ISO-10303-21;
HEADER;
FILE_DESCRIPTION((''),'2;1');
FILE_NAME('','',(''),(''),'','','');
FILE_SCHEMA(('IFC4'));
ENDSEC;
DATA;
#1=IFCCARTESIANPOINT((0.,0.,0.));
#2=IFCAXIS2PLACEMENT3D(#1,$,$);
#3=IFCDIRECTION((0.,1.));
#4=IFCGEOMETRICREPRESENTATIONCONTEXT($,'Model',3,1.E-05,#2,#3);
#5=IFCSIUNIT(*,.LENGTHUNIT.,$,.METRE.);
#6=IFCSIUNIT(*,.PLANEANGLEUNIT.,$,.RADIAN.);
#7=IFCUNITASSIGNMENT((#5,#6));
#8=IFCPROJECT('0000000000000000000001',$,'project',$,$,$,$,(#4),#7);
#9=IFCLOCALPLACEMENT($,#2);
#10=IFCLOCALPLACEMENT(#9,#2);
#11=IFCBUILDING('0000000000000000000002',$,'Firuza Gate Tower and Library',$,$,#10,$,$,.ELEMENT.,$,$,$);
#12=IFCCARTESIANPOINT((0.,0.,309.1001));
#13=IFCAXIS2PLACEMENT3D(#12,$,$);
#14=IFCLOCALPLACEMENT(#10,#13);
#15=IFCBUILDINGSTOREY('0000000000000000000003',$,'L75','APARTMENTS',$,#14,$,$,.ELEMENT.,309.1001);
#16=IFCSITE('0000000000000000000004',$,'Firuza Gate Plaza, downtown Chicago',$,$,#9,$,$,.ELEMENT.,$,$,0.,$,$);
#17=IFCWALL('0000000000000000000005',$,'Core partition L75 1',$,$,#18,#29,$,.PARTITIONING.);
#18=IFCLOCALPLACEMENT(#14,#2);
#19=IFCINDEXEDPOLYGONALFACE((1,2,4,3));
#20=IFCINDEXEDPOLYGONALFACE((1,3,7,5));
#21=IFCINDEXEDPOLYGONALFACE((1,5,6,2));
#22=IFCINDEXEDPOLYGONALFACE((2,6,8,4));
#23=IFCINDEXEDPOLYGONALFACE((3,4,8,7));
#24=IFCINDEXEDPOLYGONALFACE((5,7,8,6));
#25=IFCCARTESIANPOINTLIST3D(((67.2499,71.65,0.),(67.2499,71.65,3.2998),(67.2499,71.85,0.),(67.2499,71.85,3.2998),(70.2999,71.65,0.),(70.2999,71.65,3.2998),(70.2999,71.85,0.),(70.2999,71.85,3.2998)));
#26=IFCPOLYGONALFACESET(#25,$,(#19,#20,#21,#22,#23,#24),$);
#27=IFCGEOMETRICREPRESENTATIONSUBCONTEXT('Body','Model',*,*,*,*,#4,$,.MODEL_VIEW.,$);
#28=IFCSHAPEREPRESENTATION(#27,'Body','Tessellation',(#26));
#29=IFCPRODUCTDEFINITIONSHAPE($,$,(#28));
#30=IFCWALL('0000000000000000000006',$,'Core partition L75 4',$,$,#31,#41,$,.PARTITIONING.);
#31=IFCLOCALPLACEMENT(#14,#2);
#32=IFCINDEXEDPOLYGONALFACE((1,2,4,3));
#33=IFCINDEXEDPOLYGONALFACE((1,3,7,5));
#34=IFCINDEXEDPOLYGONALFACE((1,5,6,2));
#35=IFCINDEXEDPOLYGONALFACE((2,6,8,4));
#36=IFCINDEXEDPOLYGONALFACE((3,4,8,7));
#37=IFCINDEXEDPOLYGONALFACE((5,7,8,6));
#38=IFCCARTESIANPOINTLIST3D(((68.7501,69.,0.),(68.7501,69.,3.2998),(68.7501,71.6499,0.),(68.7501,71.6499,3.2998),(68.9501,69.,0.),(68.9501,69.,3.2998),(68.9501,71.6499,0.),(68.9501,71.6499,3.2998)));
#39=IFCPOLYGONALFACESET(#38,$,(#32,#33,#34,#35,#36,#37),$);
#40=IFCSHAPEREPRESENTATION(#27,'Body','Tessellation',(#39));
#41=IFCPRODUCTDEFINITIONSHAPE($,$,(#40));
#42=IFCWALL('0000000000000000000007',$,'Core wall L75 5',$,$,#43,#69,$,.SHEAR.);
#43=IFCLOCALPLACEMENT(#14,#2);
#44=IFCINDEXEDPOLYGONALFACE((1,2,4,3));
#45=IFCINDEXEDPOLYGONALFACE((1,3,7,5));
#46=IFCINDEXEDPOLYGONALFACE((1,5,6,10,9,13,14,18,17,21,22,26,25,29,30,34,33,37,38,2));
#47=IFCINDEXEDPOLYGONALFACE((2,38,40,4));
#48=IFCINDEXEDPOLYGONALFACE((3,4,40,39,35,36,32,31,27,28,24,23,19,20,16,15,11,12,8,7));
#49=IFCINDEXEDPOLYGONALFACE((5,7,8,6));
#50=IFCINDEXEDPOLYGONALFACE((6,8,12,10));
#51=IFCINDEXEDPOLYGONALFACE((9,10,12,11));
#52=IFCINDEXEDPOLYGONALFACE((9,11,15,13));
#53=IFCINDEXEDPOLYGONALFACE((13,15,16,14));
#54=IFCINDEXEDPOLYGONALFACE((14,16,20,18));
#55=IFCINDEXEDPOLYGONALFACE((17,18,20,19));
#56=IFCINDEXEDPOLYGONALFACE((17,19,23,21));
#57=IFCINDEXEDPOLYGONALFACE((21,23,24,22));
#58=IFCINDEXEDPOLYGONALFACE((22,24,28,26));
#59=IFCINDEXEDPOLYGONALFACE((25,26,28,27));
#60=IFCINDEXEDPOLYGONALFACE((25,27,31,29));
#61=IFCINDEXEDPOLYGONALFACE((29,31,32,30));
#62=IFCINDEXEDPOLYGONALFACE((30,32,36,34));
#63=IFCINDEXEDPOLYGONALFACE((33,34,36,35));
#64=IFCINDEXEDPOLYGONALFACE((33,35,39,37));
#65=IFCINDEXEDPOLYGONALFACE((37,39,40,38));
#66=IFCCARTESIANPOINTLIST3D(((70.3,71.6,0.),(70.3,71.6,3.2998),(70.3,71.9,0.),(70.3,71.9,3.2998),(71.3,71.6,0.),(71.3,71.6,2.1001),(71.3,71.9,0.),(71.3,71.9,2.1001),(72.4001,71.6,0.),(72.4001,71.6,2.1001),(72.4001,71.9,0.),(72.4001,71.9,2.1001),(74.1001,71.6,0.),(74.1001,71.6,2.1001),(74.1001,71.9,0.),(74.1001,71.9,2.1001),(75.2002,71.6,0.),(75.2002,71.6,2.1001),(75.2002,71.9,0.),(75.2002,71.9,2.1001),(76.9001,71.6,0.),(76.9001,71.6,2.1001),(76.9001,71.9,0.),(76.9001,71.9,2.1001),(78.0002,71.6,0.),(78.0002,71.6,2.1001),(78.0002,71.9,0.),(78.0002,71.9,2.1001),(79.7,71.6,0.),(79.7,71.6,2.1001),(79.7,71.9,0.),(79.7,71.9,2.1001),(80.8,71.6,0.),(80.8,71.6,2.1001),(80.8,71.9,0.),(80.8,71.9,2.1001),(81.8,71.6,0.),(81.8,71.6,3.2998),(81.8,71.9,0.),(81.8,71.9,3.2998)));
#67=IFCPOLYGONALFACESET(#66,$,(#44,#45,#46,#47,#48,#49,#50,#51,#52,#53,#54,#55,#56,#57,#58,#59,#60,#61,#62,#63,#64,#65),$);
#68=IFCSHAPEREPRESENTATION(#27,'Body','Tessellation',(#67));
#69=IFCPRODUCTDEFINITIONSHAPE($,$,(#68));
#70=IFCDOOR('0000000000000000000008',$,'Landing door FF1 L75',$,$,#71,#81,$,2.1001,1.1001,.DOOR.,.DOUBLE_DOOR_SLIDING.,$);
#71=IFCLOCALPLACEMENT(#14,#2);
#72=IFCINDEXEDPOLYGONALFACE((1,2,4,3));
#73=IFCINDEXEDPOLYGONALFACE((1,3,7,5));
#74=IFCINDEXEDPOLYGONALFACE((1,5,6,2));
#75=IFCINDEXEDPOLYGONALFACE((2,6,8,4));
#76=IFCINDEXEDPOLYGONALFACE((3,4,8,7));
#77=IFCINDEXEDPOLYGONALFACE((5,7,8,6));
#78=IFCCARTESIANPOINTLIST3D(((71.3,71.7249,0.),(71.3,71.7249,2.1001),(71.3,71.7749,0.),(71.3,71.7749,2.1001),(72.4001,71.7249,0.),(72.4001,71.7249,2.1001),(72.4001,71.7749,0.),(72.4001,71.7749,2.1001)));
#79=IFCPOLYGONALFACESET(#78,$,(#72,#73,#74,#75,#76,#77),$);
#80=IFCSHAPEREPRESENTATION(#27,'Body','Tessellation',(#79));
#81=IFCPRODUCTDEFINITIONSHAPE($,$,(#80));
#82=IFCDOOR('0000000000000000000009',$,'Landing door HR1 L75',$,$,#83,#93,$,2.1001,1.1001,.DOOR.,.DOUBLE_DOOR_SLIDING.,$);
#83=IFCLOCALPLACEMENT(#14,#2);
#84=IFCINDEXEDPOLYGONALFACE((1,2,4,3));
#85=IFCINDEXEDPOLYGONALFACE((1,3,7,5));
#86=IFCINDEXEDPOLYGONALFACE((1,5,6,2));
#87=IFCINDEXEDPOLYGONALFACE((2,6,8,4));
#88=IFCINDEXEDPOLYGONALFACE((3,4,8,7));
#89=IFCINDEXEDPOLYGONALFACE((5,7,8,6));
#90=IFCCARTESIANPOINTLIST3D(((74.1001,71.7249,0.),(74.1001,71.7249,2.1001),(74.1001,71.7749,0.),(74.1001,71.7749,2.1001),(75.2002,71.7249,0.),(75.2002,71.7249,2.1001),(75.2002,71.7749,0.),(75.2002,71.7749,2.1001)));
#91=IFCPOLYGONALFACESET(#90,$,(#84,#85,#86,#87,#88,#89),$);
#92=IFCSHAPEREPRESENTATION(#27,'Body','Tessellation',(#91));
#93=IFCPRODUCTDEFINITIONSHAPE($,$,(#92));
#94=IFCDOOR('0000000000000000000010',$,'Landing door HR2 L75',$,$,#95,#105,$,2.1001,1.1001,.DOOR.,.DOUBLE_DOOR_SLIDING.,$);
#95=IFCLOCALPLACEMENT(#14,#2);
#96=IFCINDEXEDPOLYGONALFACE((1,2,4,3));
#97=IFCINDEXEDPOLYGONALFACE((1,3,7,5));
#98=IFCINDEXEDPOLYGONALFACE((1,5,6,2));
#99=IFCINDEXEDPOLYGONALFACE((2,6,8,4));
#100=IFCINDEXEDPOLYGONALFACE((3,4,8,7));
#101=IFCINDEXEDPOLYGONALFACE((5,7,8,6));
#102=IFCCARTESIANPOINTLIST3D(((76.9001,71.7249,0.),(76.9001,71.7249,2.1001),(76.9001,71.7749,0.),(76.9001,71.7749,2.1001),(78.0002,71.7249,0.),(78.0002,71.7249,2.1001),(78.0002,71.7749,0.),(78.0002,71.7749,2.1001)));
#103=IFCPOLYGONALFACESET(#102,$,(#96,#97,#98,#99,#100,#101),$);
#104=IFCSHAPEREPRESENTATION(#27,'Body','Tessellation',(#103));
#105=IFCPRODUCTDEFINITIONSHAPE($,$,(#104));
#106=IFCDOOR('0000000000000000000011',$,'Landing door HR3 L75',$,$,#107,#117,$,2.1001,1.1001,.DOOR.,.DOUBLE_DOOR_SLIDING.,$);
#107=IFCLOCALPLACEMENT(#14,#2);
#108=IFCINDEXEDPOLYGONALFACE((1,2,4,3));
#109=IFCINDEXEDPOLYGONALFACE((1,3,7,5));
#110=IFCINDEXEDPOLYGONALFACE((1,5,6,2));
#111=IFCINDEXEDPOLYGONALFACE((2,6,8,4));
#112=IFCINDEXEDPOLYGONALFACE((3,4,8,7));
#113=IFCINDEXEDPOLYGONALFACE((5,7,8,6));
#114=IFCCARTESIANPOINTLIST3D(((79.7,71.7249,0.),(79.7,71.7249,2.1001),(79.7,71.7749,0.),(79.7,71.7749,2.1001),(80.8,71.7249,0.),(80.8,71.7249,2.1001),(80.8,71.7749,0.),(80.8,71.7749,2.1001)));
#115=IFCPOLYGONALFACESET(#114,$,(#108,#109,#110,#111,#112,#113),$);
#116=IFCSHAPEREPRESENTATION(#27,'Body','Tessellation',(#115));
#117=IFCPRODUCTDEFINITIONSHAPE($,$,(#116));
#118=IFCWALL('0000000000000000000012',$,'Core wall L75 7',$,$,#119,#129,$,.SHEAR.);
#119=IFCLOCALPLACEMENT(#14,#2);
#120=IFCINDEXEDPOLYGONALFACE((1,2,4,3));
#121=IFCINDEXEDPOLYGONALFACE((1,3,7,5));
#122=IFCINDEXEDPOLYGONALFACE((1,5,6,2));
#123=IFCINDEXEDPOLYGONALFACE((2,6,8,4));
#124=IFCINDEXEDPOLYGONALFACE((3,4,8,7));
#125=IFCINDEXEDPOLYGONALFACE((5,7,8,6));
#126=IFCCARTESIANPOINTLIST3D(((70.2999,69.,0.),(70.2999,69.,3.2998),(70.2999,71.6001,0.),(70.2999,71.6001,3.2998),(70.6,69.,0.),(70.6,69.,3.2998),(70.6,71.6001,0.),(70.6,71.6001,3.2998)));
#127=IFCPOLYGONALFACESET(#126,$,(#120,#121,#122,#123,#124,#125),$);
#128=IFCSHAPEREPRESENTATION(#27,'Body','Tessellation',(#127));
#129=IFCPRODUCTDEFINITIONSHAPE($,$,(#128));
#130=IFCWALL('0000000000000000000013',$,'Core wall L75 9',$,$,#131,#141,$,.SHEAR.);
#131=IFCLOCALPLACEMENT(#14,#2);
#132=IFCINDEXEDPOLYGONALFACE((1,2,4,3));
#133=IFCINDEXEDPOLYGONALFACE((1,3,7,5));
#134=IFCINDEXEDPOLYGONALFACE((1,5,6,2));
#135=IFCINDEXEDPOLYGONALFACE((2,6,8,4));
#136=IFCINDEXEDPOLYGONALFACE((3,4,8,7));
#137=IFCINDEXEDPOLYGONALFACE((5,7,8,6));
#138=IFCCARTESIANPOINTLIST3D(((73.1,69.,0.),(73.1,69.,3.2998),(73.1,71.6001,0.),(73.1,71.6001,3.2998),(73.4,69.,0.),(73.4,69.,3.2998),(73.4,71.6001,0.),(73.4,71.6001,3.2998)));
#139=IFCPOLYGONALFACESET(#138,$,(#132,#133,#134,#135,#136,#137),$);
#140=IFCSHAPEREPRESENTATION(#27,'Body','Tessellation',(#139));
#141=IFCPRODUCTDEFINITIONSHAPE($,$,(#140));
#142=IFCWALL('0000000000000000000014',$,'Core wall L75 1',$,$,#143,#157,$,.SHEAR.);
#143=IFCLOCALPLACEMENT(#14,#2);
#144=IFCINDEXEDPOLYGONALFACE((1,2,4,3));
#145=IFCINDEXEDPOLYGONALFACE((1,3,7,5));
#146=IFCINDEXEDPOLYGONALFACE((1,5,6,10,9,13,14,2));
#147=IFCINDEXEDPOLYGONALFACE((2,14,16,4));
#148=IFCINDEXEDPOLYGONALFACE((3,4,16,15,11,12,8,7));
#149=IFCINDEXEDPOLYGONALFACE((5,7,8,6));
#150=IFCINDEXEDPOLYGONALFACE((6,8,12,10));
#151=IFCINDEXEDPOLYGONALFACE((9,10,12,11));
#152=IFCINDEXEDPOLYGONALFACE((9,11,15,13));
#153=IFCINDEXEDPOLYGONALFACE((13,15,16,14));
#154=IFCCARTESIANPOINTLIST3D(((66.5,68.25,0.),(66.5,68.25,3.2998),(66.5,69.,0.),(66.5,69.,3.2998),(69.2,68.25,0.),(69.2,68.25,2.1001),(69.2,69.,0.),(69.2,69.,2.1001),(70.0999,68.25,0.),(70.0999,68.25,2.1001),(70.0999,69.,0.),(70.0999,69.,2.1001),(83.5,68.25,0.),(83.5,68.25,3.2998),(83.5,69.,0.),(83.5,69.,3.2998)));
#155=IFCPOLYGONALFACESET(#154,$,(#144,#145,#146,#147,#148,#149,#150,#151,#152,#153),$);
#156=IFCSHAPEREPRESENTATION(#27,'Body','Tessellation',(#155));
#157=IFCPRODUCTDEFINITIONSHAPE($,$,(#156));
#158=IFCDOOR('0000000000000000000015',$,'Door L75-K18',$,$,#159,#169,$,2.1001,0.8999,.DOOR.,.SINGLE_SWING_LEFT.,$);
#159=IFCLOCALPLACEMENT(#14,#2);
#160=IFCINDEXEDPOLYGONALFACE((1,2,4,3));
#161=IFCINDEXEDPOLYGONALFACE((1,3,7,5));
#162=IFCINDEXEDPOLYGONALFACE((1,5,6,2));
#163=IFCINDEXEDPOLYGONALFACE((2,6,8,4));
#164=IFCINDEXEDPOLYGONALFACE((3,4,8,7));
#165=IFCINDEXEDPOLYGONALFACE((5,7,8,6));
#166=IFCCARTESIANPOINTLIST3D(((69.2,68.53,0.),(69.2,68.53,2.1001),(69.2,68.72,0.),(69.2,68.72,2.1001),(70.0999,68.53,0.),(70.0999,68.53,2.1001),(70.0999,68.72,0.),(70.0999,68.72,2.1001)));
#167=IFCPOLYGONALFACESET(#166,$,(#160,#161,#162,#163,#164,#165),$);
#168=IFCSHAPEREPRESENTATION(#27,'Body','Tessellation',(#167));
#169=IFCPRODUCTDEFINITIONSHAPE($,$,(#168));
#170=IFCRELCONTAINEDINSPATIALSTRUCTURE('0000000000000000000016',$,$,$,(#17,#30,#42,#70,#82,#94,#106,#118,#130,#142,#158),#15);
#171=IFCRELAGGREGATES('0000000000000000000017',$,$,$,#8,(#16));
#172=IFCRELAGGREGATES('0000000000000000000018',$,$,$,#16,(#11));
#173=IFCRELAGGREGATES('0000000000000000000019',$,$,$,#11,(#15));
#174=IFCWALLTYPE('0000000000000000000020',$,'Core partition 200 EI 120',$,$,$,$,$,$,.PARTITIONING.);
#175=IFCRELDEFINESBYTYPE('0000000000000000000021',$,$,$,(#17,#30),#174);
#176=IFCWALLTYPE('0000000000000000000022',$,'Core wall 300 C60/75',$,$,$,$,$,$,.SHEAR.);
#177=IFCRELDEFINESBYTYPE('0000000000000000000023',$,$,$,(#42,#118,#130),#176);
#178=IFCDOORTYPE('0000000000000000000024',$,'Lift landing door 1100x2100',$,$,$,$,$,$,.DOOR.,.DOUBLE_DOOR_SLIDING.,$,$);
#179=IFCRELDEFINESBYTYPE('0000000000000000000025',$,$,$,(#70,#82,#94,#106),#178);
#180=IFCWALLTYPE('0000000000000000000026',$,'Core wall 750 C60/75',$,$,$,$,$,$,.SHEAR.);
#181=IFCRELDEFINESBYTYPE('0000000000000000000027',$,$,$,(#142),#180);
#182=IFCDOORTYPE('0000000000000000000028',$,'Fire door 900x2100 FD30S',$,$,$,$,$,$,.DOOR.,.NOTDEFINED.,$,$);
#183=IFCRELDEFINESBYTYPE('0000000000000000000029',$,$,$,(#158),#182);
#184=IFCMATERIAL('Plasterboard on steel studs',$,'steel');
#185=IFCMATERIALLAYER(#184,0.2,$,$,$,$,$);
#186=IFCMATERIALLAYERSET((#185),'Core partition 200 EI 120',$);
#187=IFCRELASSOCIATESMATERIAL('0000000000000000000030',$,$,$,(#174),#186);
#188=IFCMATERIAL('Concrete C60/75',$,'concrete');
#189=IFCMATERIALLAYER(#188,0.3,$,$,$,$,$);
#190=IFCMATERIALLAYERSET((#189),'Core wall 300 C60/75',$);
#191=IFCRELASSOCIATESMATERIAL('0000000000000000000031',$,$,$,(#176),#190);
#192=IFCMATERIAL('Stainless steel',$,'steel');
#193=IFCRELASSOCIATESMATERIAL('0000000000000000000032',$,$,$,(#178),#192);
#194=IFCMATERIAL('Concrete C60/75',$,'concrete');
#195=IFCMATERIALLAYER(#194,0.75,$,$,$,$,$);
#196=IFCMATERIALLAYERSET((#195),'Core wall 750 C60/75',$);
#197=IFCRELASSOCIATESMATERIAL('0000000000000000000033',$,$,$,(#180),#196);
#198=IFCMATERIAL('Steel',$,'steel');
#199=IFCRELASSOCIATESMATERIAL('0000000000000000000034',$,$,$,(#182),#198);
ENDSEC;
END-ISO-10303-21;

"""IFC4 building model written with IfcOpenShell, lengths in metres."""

from ifc_helpers import new_model, si_unit, direction, frame, frame_2d, origin, place, context, subcontext, project, spatial, rectangle, extrude, material, layer, layer_set, type_object, element, fill, save


model = new_model("IFC4")

# Units and contexts
model_context = context("Model", 3, precision=1e-05, world=origin(), true_north=direction((0.0, 1.0)))
body_context = subcontext(model_context, "Body", "Model", "MODEL_VIEW")
ifc_project = project(units=[si_unit("LENGTHUNIT", "METRE"), si_unit("PLANEANGLEUNIT", "RADIAN")], contexts=[model_context])

# Site, building, storey
site_placement = place(None, origin())
site = spatial("IfcSite", under=ifc_project, at=site_placement, Name="Firuza Gate Plaza, downtown Chicago", CompositionType="ELEMENT", RefElevation=0.0)
building_placement = place(site_placement, origin())
building = spatial("IfcBuilding", under=site, at=building_placement, Name="Firuza Gate Tower and Library", CompositionType="ELEMENT")
storey_placement = place(building_placement, frame((0.0, 0.0, 309.1001)))
storey = spatial("IfcBuildingStorey", under=building, at=storey_placement, Name="L75", Description="APARTMENTS", CompositionType="ELEMENT", Elevation=309.1001)

# Walls
ifc_material_1 = material(Name="Plasterboard on steel studs", Category="steel")
ifc_layer_1 = layer(ifc_material_1, 0.2)
ifc_layer_set_1 = layer_set([ifc_layer_1], Name="Core partition 200 EI 120")
wall_type_1 = type_object("IfcWallType", Name="Core partition 200 EI 120", PredefinedType="PARTITIONING", material=ifc_layer_set_1)
wall_1_placement = place(storey_placement, frame((67.25, 71.75, 0.0), z_axis=(0.0, 0.0, 1.0), x_axis=(1.0, 0.0, 0.0)))
element("IfcWall", 1, at=wall_1_placement, inside=storey, type_object=wall_type_1, Name="Core partition L75 1", PredefinedType="PARTITIONING", context=body_context, shape_type="SweptSolid", body=[
    extrude(rectangle(XDim=3.05, YDim=0.2, at=frame_2d((1.5249, 0.0))), origin(), (0.0, 0.0, 1.0), 3.2998),
])
wall_2_placement = place(storey_placement, frame((68.8501, 69.0, 0.0), z_axis=(0.0, 0.0, 1.0), x_axis=(0.0, 1.0, 0.0)))
element("IfcWall", 2, at=wall_2_placement, inside=storey, type_object=wall_type_1, Name="Core partition L75 4", PredefinedType="PARTITIONING", context=body_context, shape_type="SweptSolid", body=[
    extrude(rectangle(XDim=2.6499, YDim=0.2, at=frame_2d((1.325, 0.0))), origin(), (0.0, 0.0, 1.0), 3.2998),
])

# Wall, openings, doors
ifc_material_2 = material(Name="Concrete C60/75", Category="concrete")
ifc_layer_2 = layer(ifc_material_2, 0.3)
ifc_layer_set_2 = layer_set([ifc_layer_2], Name="Core wall 300 C60/75")
wall_type_2 = type_object("IfcWallType", Name="Core wall 300 C60/75", PredefinedType="SHEAR", material=ifc_layer_set_2)
wall_3_placement = place(storey_placement, frame((70.3, 71.75, 0.0), z_axis=(0.0, 0.0, 1.0), x_axis=(1.0, 0.0, 0.0)))
wall_3 = element("IfcWall", 3, at=wall_3_placement, inside=storey, type_object=wall_type_2, Name="Core wall L75 5", PredefinedType="SHEAR", context=body_context, shape_type="SweptSolid", body=[
    extrude(rectangle(XDim=11.5, YDim=0.3, at=frame_2d((5.75, 0.0))), origin(), (0.0, 0.0, 1.0), 3.2998),
])
opening_1_placement = place(wall_3_placement, frame((1.0, 0.0, 0.0)))
opening_1 = element("IfcOpeningElement", 4, at=opening_1_placement, cuts=wall_3, PredefinedType="OPENING", context=body_context, shape_type="SweptSolid", body=[
    extrude(rectangle(XDim=1.1001, YDim=2.1001, at=frame_2d((0.55, 1.05))), frame((0.0, 0.1602, 0.0), z_axis=(0.0, -1.0, 0.0), x_axis=(1.0, 0.0, 0.0)), (0.0, 0.0, 1.0), 0.3201),
])
opening_2_placement = place(wall_3_placement, frame((3.8, 0.0, 0.0)))
opening_2 = element("IfcOpeningElement", 5, at=opening_2_placement, cuts=wall_3, PredefinedType="OPENING", context=body_context, shape_type="SweptSolid", body=[
    extrude(rectangle(XDim=1.1001, YDim=2.1001, at=frame_2d((0.55, 1.05))), frame((0.0, 0.1602, 0.0), z_axis=(0.0, -1.0, 0.0), x_axis=(1.0, 0.0, 0.0)), (0.0, 0.0, 1.0), 0.3201),
])
opening_3_placement = place(wall_3_placement, frame((6.6001, 0.0, 0.0)))
opening_3 = element("IfcOpeningElement", 6, at=opening_3_placement, cuts=wall_3, PredefinedType="OPENING", context=body_context, shape_type="SweptSolid", body=[
    extrude(rectangle(XDim=1.1001, YDim=2.1001, at=frame_2d((0.55, 1.05))), frame((0.0, 0.1602, 0.0), z_axis=(0.0, -1.0, 0.0), x_axis=(1.0, 0.0, 0.0)), (0.0, 0.0, 1.0), 0.3201),
])
opening_4_placement = place(wall_3_placement, frame((9.3999, 0.0, 0.0)))
opening_4 = element("IfcOpeningElement", 7, at=opening_4_placement, cuts=wall_3, PredefinedType="OPENING", context=body_context, shape_type="SweptSolid", body=[
    extrude(rectangle(XDim=1.1001, YDim=2.1001, at=frame_2d((0.55, 1.05))), frame((0.0, 0.1602, 0.0), z_axis=(0.0, -1.0, 0.0), x_axis=(1.0, 0.0, 0.0)), (0.0, 0.0, 1.0), 0.3201),
])
ifc_material_3 = material(Name="Stainless steel", Category="steel")
door_type_1 = type_object("IfcDoorType", Name="Lift landing door 1100x2100", OperationType="DOUBLE_DOOR_SLIDING", PredefinedType="DOOR", material=ifc_material_3)
door_1_placement = place(opening_1_placement, origin())
door_1 = element("IfcDoor", 8, at=door_1_placement, inside=storey, type_object=door_type_1, Name="Landing door FF1 L75", OperationType="DOUBLE_DOOR_SLIDING", OverallHeight=2.1001, OverallWidth=1.1001, PredefinedType="DOOR", context=body_context, shape_type="SweptSolid", body=[
    extrude(rectangle(XDim=1.1001, YDim=2.1001, at=frame_2d((0.55, 1.05))), frame((0.0, 0.0249, 0.0), z_axis=(0.0, -1.0, 0.0), x_axis=(1.0, 0.0, 0.0)), (0.0, 0.0, 1.0), 0.05),
])
fill(opening_1, door_1)
door_2_placement = place(opening_2_placement, origin())
door_2 = element("IfcDoor", 9, at=door_2_placement, inside=storey, type_object=door_type_1, Name="Landing door HR1 L75", OperationType="DOUBLE_DOOR_SLIDING", OverallHeight=2.1001, OverallWidth=1.1001, PredefinedType="DOOR", context=body_context, shape_type="SweptSolid", body=[
    extrude(rectangle(XDim=1.1001, YDim=2.1001, at=frame_2d((0.55, 1.05))), frame((0.0, 0.0249, 0.0), z_axis=(0.0, -1.0, 0.0), x_axis=(1.0, 0.0, 0.0)), (0.0, 0.0, 1.0), 0.05),
])
fill(opening_2, door_2)
door_3_placement = place(opening_3_placement, origin())
door_3 = element("IfcDoor", 10, at=door_3_placement, inside=storey, type_object=door_type_1, Name="Landing door HR2 L75", OperationType="DOUBLE_DOOR_SLIDING", OverallHeight=2.1001, OverallWidth=1.1001, PredefinedType="DOOR", context=body_context, shape_type="SweptSolid", body=[
    extrude(rectangle(XDim=1.1001, YDim=2.1001, at=frame_2d((0.55, 1.05))), frame((0.0, 0.0249, 0.0), z_axis=(0.0, -1.0, 0.0), x_axis=(1.0, 0.0, 0.0)), (0.0, 0.0, 1.0), 0.05),
])
fill(opening_3, door_3)
door_4_placement = place(opening_4_placement, origin())
door_4 = element("IfcDoor", 11, at=door_4_placement, inside=storey, type_object=door_type_1, Name="Landing door HR3 L75", OperationType="DOUBLE_DOOR_SLIDING", OverallHeight=2.1001, OverallWidth=1.1001, PredefinedType="DOOR", context=body_context, shape_type="SweptSolid", body=[
    extrude(rectangle(XDim=1.1001, YDim=2.1001, at=frame_2d((0.55, 1.05))), frame((0.0, 0.0249, 0.0), z_axis=(0.0, -1.0, 0.0), x_axis=(1.0, 0.0, 0.0)), (0.0, 0.0, 1.0), 0.05),
])
fill(opening_4, door_4)

# Walls
for number, where, z_axis, x_axis, name in (
    (12, (70.45, 69.0, 0.0), (0.0, 0.0, 1.0), (0.0, 1.0, 0.0), "Core wall L75 7"),
    (13, (73.25, 69.0, 0.0), (0.0, 0.0, 1.0), (0.0, 1.0, 0.0), "Core wall L75 9"),
):
    element("IfcWall", number, at=place(storey_placement, frame(where, z_axis=z_axis, x_axis=x_axis)), inside=storey, type_object=wall_type_2, Name=name, PredefinedType="SHEAR", context=body_context, shape_type="SweptSolid", body=[
        extrude(rectangle(XDim=2.6001, YDim=0.3, at=frame_2d((1.3, 0.0))), origin(), (0.0, 0.0, 1.0), 3.2998),
    ])

# Wall, opening, door
ifc_material_4 = material(Name="Concrete C60/75", Category="concrete")
ifc_layer_3 = layer(ifc_material_4, 0.75)
ifc_layer_set_3 = layer_set([ifc_layer_3], Name="Core wall 750 C60/75")
wall_type_3 = type_object("IfcWallType", Name="Core wall 750 C60/75", PredefinedType="SHEAR", material=ifc_layer_set_3)
wall_4_placement = place(storey_placement, frame((66.5, 68.625, 0.0), z_axis=(0.0, 0.0, 1.0), x_axis=(1.0, 0.0, 0.0)))
wall_4 = element("IfcWall", 14, at=wall_4_placement, inside=storey, type_object=wall_type_3, Name="Core wall L75 1", PredefinedType="SHEAR", context=body_context, shape_type="SweptSolid", body=[
    extrude(rectangle(XDim=17.0, YDim=0.75, at=frame_2d((8.5, 0.0))), origin(), (0.0, 0.0, 1.0), 3.2998),
])
opening_5_placement = place(wall_4_placement, frame((2.7, 0.0, 0.0)))
opening_5 = element("IfcOpeningElement", 15, at=opening_5_placement, cuts=wall_4, PredefinedType="OPENING", context=body_context, shape_type="SweptSolid", body=[
    extrude(rectangle(XDim=0.8999, YDim=2.1001, at=frame_2d((0.45, 1.05))), frame((0.0, 0.385, 0.0), z_axis=(0.0, -1.0, 0.0), x_axis=(1.0, 0.0, 0.0)), (0.0, 0.0, 1.0), 0.77),
])
ifc_material_5 = material(Name="Steel", Category="steel")
door_type_2 = type_object("IfcDoorType", Name="Fire door 900x2100 FD30S", OperationType="NOTDEFINED", PredefinedType="DOOR", material=ifc_material_5)
door_5_placement = place(opening_5_placement, origin())
door_5 = element("IfcDoor", 16, at=door_5_placement, inside=storey, type_object=door_type_2, Name="Door L75-K18", OperationType="SINGLE_SWING_LEFT", OverallHeight=2.1001, OverallWidth=0.8999, PredefinedType="DOOR", context=body_context, shape_type="SweptSolid", body=[
    extrude(rectangle(XDim=0.8999, YDim=2.1001, at=frame_2d((0.45, 1.05))), frame((0.0, 0.095, 0.0), z_axis=(0.0, -1.0, 0.0), x_axis=(1.0, 0.0, 0.0)), (0.0, 0.0, 1.0), 0.1899),
])
fill(opening_5, door_5)

save(model, "model.ifc")
